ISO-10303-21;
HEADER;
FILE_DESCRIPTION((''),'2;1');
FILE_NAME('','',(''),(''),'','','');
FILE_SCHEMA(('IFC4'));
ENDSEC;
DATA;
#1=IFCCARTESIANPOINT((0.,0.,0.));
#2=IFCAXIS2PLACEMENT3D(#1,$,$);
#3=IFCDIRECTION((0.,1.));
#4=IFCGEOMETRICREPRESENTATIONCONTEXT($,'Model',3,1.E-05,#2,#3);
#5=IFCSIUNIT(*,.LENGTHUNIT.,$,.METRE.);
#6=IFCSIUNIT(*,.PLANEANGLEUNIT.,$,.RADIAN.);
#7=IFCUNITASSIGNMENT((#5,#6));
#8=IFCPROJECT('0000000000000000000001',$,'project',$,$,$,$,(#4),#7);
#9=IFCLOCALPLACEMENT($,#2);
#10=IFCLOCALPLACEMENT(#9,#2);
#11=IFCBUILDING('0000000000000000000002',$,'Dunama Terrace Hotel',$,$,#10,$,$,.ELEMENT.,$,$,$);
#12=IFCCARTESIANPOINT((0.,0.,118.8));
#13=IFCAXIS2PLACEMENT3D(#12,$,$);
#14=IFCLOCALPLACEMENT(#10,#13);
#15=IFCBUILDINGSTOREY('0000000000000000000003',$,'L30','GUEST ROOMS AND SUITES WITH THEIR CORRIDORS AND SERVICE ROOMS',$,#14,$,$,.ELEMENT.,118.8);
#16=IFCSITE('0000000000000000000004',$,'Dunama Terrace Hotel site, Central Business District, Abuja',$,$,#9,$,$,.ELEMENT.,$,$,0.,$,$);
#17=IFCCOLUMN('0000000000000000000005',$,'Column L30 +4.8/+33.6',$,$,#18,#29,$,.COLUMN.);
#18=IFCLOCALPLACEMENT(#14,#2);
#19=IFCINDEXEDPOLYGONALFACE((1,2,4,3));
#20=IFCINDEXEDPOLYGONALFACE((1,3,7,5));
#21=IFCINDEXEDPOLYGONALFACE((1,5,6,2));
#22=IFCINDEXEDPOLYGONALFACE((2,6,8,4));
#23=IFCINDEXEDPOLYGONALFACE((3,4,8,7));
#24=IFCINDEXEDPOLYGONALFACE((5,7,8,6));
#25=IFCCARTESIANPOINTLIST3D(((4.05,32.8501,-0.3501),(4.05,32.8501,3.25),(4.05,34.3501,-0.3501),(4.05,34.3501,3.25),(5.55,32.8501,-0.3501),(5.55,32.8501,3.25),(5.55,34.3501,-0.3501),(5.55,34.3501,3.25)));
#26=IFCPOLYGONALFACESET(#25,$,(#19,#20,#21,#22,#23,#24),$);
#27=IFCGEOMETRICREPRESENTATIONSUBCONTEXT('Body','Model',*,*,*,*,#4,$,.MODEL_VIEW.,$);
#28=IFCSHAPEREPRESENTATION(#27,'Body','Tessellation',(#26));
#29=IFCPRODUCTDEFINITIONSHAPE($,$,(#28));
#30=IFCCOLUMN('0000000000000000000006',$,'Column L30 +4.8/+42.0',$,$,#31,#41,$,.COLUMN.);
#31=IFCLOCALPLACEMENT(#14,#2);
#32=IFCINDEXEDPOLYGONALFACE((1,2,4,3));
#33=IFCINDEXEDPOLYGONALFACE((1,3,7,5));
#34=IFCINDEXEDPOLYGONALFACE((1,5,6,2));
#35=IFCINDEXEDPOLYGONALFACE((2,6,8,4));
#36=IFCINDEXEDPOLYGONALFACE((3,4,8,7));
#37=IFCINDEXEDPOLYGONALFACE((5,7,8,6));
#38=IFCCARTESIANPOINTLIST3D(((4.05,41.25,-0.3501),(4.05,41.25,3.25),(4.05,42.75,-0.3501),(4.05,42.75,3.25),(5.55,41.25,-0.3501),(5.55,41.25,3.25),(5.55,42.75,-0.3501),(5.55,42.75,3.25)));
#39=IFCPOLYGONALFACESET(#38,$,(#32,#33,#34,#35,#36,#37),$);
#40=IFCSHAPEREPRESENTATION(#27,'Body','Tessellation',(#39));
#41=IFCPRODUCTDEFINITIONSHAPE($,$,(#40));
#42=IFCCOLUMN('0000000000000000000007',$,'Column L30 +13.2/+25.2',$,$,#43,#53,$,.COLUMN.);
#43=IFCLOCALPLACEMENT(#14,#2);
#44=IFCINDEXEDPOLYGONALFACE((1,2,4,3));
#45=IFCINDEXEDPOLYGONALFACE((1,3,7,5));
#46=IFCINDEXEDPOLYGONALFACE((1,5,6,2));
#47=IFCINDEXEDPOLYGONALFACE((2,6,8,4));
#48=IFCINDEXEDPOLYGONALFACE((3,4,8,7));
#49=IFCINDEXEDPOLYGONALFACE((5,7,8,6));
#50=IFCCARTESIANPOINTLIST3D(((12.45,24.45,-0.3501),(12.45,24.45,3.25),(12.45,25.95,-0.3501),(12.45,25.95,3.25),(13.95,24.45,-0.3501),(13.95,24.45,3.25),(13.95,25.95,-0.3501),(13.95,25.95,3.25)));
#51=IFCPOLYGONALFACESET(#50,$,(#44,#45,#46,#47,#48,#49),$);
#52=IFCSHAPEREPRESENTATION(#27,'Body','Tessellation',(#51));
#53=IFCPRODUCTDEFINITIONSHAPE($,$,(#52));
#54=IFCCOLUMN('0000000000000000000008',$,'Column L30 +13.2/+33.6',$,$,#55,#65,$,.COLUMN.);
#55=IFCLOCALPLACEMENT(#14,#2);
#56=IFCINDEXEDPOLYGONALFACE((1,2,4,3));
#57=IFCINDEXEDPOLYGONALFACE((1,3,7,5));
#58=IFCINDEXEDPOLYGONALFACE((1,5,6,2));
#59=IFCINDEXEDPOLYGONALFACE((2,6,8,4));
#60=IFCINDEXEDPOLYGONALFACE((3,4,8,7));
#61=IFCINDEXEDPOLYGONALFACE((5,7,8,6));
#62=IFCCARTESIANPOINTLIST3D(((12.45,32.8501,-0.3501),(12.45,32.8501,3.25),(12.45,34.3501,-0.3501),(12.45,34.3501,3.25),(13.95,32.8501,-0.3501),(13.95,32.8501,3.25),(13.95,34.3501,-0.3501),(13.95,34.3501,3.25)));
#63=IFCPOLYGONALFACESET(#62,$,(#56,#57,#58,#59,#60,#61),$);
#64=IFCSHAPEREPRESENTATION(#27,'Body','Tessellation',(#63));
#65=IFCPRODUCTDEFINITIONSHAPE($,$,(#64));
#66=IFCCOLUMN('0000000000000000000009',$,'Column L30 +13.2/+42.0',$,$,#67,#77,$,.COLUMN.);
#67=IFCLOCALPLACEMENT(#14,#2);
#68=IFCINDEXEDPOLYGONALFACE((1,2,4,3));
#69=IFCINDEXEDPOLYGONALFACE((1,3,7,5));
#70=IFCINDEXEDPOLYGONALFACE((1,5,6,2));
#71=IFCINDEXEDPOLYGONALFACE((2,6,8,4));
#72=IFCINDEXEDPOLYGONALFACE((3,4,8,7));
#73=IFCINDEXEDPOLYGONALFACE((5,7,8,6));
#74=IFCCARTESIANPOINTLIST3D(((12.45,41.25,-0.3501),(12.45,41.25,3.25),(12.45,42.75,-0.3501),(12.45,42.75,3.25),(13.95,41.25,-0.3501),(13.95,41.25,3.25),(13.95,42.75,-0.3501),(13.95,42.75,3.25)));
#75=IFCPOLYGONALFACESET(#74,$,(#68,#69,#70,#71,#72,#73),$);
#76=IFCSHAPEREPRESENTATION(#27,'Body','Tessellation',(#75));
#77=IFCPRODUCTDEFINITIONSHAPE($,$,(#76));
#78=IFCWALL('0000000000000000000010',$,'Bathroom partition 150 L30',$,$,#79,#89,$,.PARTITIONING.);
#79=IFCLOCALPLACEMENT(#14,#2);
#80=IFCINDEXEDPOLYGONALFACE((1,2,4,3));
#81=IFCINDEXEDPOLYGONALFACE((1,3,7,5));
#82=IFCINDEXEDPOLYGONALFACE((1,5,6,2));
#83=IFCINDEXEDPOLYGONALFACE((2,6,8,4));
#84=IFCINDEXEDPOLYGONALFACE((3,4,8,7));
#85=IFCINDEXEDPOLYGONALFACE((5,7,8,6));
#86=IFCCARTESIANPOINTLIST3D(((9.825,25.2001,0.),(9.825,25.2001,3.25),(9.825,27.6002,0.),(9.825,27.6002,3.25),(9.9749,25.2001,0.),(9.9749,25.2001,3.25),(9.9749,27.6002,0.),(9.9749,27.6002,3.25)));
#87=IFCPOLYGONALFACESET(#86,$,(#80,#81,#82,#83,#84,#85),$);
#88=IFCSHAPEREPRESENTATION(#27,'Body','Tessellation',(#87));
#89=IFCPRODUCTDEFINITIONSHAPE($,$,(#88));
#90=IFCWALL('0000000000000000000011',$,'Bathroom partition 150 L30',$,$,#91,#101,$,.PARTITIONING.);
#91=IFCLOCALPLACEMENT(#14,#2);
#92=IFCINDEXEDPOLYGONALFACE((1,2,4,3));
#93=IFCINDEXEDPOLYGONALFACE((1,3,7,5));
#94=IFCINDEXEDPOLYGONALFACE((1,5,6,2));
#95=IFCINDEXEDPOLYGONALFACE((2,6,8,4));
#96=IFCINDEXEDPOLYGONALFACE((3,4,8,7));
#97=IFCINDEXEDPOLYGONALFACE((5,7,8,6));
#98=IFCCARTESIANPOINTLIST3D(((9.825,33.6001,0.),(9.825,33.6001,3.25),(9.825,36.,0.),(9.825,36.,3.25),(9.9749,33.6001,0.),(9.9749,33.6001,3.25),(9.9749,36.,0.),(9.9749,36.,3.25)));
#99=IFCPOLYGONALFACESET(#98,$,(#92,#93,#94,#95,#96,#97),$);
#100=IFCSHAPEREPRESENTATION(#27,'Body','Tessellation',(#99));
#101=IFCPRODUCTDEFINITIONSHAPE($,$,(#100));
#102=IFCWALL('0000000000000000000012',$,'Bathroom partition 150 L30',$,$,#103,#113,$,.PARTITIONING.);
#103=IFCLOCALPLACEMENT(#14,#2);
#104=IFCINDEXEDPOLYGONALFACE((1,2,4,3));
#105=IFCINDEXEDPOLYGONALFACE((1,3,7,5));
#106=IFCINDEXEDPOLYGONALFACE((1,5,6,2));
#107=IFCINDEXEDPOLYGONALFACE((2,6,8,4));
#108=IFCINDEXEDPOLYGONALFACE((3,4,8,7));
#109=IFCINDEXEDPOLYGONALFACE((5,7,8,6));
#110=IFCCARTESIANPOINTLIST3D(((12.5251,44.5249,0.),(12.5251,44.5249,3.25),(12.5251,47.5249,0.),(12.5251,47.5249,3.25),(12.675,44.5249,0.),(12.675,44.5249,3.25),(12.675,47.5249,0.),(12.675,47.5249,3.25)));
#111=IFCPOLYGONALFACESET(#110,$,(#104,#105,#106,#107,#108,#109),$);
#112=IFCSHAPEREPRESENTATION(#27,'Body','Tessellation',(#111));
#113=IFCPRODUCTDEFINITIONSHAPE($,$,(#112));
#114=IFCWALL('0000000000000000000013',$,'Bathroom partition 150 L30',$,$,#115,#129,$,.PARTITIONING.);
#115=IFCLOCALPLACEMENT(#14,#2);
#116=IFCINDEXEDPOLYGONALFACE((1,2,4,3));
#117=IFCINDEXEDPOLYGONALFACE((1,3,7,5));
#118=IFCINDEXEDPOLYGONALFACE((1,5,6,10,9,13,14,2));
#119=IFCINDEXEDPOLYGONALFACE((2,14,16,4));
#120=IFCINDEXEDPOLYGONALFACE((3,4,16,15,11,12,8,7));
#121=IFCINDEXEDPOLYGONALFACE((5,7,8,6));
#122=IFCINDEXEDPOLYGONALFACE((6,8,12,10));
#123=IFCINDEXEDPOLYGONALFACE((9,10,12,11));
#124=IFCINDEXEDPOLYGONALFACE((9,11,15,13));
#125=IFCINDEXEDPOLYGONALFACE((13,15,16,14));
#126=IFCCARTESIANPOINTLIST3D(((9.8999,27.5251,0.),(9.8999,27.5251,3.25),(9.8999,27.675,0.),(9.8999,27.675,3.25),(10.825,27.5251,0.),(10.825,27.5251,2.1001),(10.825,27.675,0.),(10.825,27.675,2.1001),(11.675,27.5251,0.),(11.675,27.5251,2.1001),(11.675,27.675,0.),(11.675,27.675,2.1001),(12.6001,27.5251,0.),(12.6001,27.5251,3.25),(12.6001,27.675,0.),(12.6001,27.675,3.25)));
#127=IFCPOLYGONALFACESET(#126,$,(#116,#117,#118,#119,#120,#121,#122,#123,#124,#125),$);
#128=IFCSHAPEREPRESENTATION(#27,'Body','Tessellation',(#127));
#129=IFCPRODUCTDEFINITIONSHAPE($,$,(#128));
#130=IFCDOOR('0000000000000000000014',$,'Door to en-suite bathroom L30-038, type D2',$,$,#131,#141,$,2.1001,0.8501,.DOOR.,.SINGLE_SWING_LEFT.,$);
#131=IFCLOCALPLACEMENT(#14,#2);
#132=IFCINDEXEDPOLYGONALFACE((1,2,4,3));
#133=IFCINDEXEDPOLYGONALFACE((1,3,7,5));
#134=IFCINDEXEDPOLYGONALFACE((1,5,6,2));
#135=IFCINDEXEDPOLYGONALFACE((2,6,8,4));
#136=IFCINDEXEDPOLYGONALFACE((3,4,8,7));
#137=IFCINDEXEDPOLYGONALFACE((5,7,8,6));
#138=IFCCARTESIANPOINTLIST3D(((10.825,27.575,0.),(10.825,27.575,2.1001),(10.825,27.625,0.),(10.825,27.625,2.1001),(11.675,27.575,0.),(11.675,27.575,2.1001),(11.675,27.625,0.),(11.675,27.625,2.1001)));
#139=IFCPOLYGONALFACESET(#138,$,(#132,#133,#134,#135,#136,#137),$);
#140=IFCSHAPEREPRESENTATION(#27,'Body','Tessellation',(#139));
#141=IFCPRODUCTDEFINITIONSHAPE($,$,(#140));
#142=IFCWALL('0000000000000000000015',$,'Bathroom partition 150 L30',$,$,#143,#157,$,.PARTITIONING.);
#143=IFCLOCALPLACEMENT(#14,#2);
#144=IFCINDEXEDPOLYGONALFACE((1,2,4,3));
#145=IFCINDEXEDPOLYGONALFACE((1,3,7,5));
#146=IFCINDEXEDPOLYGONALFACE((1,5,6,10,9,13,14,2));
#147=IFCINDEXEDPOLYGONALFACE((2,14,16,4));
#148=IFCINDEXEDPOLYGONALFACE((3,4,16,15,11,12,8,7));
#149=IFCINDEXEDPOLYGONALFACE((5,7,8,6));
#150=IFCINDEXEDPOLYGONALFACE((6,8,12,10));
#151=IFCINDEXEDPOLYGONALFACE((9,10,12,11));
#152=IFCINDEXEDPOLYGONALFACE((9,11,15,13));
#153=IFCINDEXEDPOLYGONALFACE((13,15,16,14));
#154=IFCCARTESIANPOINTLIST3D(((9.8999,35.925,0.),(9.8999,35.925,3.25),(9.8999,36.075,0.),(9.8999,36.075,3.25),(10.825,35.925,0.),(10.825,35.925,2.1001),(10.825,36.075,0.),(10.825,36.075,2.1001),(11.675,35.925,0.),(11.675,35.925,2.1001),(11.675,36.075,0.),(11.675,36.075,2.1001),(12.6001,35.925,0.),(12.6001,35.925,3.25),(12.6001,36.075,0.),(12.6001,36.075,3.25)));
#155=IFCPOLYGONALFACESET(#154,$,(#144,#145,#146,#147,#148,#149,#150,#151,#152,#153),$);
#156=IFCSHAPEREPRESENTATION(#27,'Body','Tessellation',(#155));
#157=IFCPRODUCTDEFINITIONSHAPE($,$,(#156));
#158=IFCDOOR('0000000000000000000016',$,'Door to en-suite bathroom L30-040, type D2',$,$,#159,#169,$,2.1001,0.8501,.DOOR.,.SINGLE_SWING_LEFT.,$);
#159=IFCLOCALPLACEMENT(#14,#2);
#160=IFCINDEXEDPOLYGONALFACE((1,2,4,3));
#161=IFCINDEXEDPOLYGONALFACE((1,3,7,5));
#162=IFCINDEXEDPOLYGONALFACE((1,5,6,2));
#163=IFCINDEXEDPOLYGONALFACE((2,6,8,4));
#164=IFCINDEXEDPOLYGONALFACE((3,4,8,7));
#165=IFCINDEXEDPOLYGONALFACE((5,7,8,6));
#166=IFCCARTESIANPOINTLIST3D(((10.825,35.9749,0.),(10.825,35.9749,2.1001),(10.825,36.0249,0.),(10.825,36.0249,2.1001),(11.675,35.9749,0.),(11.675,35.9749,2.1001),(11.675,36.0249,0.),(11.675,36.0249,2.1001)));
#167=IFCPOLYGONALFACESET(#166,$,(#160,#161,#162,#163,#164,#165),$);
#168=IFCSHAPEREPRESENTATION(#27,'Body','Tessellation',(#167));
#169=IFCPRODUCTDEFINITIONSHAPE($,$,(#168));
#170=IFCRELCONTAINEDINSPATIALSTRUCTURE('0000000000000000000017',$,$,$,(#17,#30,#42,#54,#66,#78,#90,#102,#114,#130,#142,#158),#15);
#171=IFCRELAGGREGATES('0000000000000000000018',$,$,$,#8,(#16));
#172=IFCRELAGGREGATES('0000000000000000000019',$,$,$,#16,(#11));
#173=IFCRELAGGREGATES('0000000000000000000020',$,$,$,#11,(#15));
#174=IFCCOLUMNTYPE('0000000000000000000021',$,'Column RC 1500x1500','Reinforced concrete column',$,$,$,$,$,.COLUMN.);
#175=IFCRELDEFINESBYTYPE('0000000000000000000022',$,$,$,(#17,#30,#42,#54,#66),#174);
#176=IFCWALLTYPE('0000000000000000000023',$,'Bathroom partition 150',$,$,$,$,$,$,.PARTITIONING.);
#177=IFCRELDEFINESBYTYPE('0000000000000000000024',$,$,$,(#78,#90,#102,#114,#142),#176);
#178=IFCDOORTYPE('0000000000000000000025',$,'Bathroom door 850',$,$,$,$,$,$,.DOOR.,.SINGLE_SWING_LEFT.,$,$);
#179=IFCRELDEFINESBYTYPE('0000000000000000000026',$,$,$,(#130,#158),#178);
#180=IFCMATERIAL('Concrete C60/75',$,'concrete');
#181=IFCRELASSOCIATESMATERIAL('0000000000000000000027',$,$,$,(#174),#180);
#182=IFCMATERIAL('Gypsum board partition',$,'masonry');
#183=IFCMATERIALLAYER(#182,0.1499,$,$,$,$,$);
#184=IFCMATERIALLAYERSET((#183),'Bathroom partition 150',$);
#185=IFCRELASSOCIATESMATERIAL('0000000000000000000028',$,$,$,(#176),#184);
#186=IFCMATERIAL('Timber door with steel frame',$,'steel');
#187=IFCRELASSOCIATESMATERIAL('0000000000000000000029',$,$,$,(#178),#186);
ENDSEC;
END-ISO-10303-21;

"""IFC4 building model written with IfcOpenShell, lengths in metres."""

from ifc_helpers import new_model, si_unit, direction, frame, frame_2d, origin, origin_2d, place, context, subcontext, project, spatial, rectangle, extrude, material, layer, layer_set, material_profile, profile_set, type_object, element, fill, save


model = new_model("IFC4")

# Units and contexts
model_context = context("Model", 3, precision=1e-05, world=origin(), true_north=direction((0.0, 1.0)))
body_context = subcontext(model_context, "Body", "Model", "MODEL_VIEW")
ifc_project = project(units=[si_unit("LENGTHUNIT", "METRE"), si_unit("PLANEANGLEUNIT", "RADIAN")], contexts=[model_context])

# Site, building, storey
site_placement = place(None, origin())
site = spatial("IfcSite", under=ifc_project, at=site_placement, Name="Dunama Terrace Hotel site, Central Business District, Abuja", CompositionType="ELEMENT", RefElevation=0.0)
building_placement = place(site_placement, origin())
building = spatial("IfcBuilding", under=site, at=building_placement, Name="Dunama Terrace Hotel", CompositionType="ELEMENT")
storey_placement = place(building_placement, frame((0.0, 0.0, 118.8)))
storey = spatial("IfcBuildingStorey", under=building, at=storey_placement, Name="L30", Description="GUEST ROOMS AND SUITES WITH THEIR CORRIDORS AND SERVICE ROOMS", CompositionType="ELEMENT", Elevation=118.8)

# Columns
ifc_material_1 = material(Name="Concrete C60/75", Category="concrete")
ifc_material_profile = material_profile(ifc_material_1, rectangle(XDim=1.5, YDim=1.5, at=origin_2d()), Name="RC 1500x1500")
ifc_profile_set = profile_set([ifc_material_profile], Name="Concrete C60/75")
column_type = type_object("IfcColumnType", Name="Column RC 1500x1500", Description="Reinforced concrete column", PredefinedType="COLUMN", material=ifc_profile_set)
for number, where, z_axis, x_axis, name in (
    (1, (4.8, 33.6001, -0.3501), (0.0, 0.0, 1.0), (1.0, 0.0, 0.0), "Column L30 +4.8/+33.6"),
    (2, (4.8, 42.0, -0.3501), (0.0, 0.0, 1.0), (1.0, 0.0, 0.0), "Column L30 +4.8/+42.0"),
    (3, (13.2, 25.2, -0.3501), (0.0, 0.0, 1.0), (1.0, 0.0, 0.0), "Column L30 +13.2/+25.2"),
    (4, (13.2, 33.6001, -0.3501), (0.0, 0.0, 1.0), (1.0, 0.0, 0.0), "Column L30 +13.2/+33.6"),
    (5, (13.2, 42.0, -0.3501), (0.0, 0.0, 1.0), (1.0, 0.0, 0.0), "Column L30 +13.2/+42.0"),
):
    element("IfcColumn", number, at=place(storey_placement, frame(where, z_axis=z_axis, x_axis=x_axis)), inside=storey, type_object=column_type, Name=name, PredefinedType="COLUMN", context=body_context, shape_type="SweptSolid", body=[
        extrude(rectangle(XDim=1.5, YDim=1.5, at=origin_2d()), origin(), (0.0, 0.0, 1.0), 3.6001),
    ])

# Walls
ifc_material_2 = material(Name="Gypsum board partition", Category="masonry")
ifc_layer_1 = layer(ifc_material_2, 0.1499)
ifc_layer_set_1 = layer_set([ifc_layer_1], Name="Bathroom partition 150")
wall_type_1 = type_object("IfcWallType", Name="Bathroom partition 150", PredefinedType="PARTITIONING", material=ifc_layer_set_1)
wall_1_placement = place(storey_placement, frame((9.8999, 25.2, 0.0), z_axis=(0.0, 0.0, 1.0), x_axis=(0.0, 1.0, 0.0)))
element("IfcWall", 6, at=wall_1_placement, inside=storey, type_object=wall_type_1, Name="Bathroom partition 150 L30", PredefinedType="PARTITIONING", context=body_context, shape_type="SweptSolid", body=[
    extrude(rectangle(XDim=2.4001, YDim=0.1499, at=frame_2d((1.2002, 0.0))), origin(), (0.0, 0.0, 1.0), 3.25),
])
wall_2_placement = place(storey_placement, frame((9.8999, 33.6001, 0.0), z_axis=(0.0, 0.0, 1.0), x_axis=(0.0, 1.0, 0.0)))
element("IfcWall", 7, at=wall_2_placement, inside=storey, type_object=wall_type_1, Name="Bathroom partition 150 L30", PredefinedType="PARTITIONING", context=body_context, shape_type="SweptSolid", body=[
    extrude(rectangle(XDim=2.3999, YDim=0.1499, at=frame_2d((1.2, 0.0))), origin(), (0.0, 0.0, 1.0), 3.25),
])
wall_3_placement = place(storey_placement, frame((12.6001, 44.5249, 0.0), z_axis=(0.0, 0.0, 1.0), x_axis=(0.0, 1.0, 0.0)))
element("IfcWall", 8, at=wall_3_placement, inside=storey, type_object=wall_type_1, Name="Bathroom partition 150 L30", PredefinedType="PARTITIONING", context=body_context, shape_type="SweptSolid", body=[
    extrude(rectangle(XDim=3.0, YDim=0.1499, at=frame_2d((1.5, 0.0))), origin(), (0.0, 0.0, 1.0), 3.25),
])

# Walls, openings, doors
wall_4_placement = place(storey_placement, frame((9.8999, 27.6001, 0.0), z_axis=(0.0, 0.0, 1.0), x_axis=(1.0, 0.0, 0.0)))
wall_4 = element("IfcWall", 9, at=wall_4_placement, inside=storey, type_object=wall_type_1, Name="Bathroom partition 150 L30", PredefinedType="PARTITIONING", context=body_context, shape_type="SweptSolid", body=[
    extrude(rectangle(XDim=2.7002, YDim=0.1499, at=frame_2d((1.3501, 0.0))), origin(), (0.0, 0.0, 1.0), 3.25),
])
opening_1_placement = place(wall_4_placement, frame((0.925, 0.0, 0.0)))
opening_1 = element("IfcOpeningElement", 10, at=opening_1_placement, cuts=wall_4, PredefinedType="OPENING", context=body_context, shape_type="SweptSolid", body=[
    extrude(rectangle(XDim=0.8501, YDim=2.1001, at=frame_2d((0.425, 1.05))), frame((0.0, 0.085, 0.0), z_axis=(0.0, -1.0, 0.0), x_axis=(1.0, 0.0, 0.0)), (0.0, 0.0, 1.0), 0.1699),
])
ifc_material_3 = material(Name="Timber door with steel frame", Category="steel")
door_type_1 = type_object("IfcDoorType", Name="Bathroom door 850", OperationType="SINGLE_SWING_LEFT", PredefinedType="DOOR", material=ifc_material_3)
door_1_placement = place(opening_1_placement, frame((0.8501, 0.0, 0.0), z_axis=(0.0, 0.0, 1.0), x_axis=(-1.0, 0.0, 0.0)))
door_1 = element("IfcDoor", 11, at=door_1_placement, inside=storey, type_object=door_type_1, Name="Door to en-suite bathroom L30-038, type D2", OperationType="SINGLE_SWING_LEFT", OverallHeight=2.1001, OverallWidth=0.8501, PredefinedType="DOOR", context=body_context, shape_type="SweptSolid", body=[
    extrude(rectangle(XDim=0.8501, YDim=2.1001, at=frame_2d((0.425, 1.05))), frame((0.0, 0.0251, 0.0), z_axis=(0.0, -1.0, 0.0), x_axis=(1.0, 0.0, 0.0)), (0.0, 0.0, 1.0), 0.05),
])
fill(opening_1, door_1)
wall_5_placement = place(storey_placement, frame((9.8999, 36.0, 0.0), z_axis=(0.0, 0.0, 1.0), x_axis=(1.0, 0.0, 0.0)))
wall_5 = element("IfcWall", 12, at=wall_5_placement, inside=storey, type_object=wall_type_1, Name="Bathroom partition 150 L30", PredefinedType="PARTITIONING", context=body_context, shape_type="SweptSolid", body=[
    extrude(rectangle(XDim=2.7002, YDim=0.1499, at=frame_2d((1.3501, 0.0))), origin(), (0.0, 0.0, 1.0), 3.25),
])
opening_2_placement = place(wall_5_placement, frame((0.925, 0.0, 0.0)))
opening_2 = element("IfcOpeningElement", 13, at=opening_2_placement, cuts=wall_5, PredefinedType="OPENING", context=body_context, shape_type="SweptSolid", body=[
    extrude(rectangle(XDim=0.8501, YDim=2.1001, at=frame_2d((0.425, 1.05))), frame((0.0, 0.085, 0.0), z_axis=(0.0, -1.0, 0.0), x_axis=(1.0, 0.0, 0.0)), (0.0, 0.0, 1.0), 0.1699),
])
door_2_placement = place(opening_2_placement, frame((0.8501, 0.0, 0.0), z_axis=(0.0, 0.0, 1.0), x_axis=(-1.0, 0.0, 0.0)))
door_2 = element("IfcDoor", 14, at=door_2_placement, inside=storey, type_object=door_type_1, Name="Door to en-suite bathroom L30-040, type D2", OperationType="SINGLE_SWING_LEFT", OverallHeight=2.1001, OverallWidth=0.8501, PredefinedType="DOOR", context=body_context, shape_type="SweptSolid", body=[
    extrude(rectangle(XDim=0.8501, YDim=2.1001, at=frame_2d((0.425, 1.05))), frame((0.0, 0.0251, 0.0), z_axis=(0.0, -1.0, 0.0), x_axis=(1.0, 0.0, 0.0)), (0.0, 0.0, 1.0), 0.05),
])
fill(opening_2, door_2)

save(model, "model.ifc")
